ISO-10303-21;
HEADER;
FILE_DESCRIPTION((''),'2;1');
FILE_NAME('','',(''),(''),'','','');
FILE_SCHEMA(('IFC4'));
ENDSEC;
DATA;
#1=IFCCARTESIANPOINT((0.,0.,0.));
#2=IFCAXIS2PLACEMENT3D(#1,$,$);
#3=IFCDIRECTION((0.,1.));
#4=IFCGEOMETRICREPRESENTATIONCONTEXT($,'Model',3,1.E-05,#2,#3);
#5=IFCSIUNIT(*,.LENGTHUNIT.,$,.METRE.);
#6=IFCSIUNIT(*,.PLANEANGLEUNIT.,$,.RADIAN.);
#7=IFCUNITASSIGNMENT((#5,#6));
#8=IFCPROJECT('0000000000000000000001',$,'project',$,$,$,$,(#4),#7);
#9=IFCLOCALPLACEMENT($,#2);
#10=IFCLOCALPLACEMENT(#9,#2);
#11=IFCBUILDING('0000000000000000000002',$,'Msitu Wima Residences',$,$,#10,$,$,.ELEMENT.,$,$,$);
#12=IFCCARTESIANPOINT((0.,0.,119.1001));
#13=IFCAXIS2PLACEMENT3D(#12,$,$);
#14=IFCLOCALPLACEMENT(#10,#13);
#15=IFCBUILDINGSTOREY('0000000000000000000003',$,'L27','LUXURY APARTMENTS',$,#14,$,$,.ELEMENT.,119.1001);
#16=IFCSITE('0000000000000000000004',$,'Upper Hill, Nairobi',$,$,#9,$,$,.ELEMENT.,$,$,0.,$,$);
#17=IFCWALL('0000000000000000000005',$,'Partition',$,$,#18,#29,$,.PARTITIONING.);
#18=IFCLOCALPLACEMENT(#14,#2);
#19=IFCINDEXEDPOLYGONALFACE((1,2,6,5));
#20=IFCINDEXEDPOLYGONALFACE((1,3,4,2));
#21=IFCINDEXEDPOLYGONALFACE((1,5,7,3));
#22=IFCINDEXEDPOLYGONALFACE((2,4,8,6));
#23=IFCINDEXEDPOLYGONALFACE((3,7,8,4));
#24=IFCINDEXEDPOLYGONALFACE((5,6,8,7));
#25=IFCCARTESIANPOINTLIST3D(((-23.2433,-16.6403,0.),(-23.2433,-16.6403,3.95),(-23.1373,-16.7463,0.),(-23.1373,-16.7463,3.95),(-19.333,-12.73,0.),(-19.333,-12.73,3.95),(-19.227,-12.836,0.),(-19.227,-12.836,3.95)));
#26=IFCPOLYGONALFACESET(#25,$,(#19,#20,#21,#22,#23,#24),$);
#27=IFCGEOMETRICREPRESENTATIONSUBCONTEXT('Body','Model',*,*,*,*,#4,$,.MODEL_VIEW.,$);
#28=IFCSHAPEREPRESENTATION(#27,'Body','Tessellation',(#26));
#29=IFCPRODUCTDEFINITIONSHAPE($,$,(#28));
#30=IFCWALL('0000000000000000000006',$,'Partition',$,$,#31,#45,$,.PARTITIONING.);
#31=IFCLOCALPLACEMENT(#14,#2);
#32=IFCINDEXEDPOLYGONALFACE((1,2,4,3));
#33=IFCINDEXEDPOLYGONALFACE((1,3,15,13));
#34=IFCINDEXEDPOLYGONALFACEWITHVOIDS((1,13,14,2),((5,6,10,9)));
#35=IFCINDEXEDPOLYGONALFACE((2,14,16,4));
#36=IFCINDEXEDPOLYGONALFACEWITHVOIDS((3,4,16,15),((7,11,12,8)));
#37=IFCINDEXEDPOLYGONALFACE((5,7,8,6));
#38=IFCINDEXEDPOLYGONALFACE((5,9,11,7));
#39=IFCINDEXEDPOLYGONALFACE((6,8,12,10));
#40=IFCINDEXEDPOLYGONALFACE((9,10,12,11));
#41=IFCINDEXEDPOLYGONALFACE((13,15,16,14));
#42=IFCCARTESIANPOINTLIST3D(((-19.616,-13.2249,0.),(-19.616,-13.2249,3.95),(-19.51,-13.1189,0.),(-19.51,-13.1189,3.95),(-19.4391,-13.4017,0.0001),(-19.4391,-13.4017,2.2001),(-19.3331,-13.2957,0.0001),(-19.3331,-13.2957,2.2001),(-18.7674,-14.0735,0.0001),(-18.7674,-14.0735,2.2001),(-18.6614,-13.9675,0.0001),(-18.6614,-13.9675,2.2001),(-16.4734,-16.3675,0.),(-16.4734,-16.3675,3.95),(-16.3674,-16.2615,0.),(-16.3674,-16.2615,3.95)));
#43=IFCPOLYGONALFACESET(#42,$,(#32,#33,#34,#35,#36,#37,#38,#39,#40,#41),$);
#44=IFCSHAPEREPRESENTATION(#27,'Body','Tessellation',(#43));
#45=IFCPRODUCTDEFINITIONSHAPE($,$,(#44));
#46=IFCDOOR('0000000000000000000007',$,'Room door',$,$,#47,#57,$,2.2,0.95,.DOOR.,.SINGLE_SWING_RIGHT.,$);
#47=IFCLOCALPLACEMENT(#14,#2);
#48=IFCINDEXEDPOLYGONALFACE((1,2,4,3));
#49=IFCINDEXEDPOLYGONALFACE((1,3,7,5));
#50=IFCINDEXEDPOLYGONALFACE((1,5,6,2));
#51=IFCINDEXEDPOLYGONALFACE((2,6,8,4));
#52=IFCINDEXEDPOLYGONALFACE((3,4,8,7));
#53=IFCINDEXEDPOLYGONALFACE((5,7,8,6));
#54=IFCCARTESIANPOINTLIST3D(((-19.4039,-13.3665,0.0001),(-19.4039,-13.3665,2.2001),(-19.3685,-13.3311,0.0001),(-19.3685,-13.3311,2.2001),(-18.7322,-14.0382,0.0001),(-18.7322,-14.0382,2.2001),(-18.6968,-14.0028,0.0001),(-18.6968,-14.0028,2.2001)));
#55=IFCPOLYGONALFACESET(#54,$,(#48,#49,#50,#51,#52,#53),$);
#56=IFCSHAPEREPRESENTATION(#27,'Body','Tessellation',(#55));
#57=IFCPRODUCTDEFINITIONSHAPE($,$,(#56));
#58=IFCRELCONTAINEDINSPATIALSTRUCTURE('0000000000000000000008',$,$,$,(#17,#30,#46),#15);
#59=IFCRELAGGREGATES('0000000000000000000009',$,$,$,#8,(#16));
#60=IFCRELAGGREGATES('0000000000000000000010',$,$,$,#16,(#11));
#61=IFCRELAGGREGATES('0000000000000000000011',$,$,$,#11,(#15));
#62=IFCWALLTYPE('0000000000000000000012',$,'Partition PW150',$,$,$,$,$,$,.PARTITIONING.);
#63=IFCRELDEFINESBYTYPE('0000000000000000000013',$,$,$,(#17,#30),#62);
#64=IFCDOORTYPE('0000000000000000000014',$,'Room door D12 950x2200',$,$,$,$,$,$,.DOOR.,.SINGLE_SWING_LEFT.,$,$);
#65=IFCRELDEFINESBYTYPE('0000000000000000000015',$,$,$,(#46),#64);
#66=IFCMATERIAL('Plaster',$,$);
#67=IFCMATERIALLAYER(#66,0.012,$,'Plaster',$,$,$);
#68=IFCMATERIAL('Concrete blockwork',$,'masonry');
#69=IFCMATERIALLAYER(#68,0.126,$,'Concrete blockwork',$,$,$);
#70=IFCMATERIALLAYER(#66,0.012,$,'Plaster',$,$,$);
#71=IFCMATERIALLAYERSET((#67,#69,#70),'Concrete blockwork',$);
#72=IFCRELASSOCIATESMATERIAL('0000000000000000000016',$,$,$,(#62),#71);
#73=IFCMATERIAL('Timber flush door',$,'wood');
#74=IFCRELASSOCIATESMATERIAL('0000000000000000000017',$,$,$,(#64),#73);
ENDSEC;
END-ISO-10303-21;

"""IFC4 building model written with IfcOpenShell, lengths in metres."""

from ifc_helpers import new_model, si_unit, direction, frame, frame_2d, origin, place, context, subcontext, project, spatial, rectangle, extrude, material, layer, layer_set, type_object, element, fill, save


model = new_model("IFC4")

# Units and contexts
model_context = context("Model", 3, precision=1e-05, world=origin(), true_north=direction((0.0, 1.0)))
body_context = subcontext(model_context, "Body", "Model", "MODEL_VIEW")
ifc_project = project(units=[si_unit("LENGTHUNIT", "METRE"), si_unit("PLANEANGLEUNIT", "RADIAN")], contexts=[model_context])

# Site, building, storey
site_placement = place(None, origin())
site = spatial("IfcSite", under=ifc_project, at=site_placement, Name="Upper Hill, Nairobi", CompositionType="ELEMENT", RefElevation=0.0)
building_placement = place(site_placement, origin())
building = spatial("IfcBuilding", under=site, at=building_placement, Name="Msitu Wima Residences", CompositionType="ELEMENT")
storey_placement = place(building_placement, frame((0.0, 0.0, 119.1001)))
storey = spatial("IfcBuildingStorey", under=building, at=storey_placement, Name="L27", Description="LUXURY APARTMENTS", CompositionType="ELEMENT", Elevation=119.1001)

# Wall
ifc_material_1 = material(Name="Plaster")
ifc_layer_1 = layer(ifc_material_1, 0.012, Name="Plaster")
ifc_material_2 = material(Name="Concrete blockwork", Category="masonry")
ifc_layer_2 = layer(ifc_material_2, 0.126, Name="Concrete blockwork")
ifc_layer_3 = layer(ifc_material_1, 0.012, Name="Plaster")
ifc_layer_set_1 = layer_set([ifc_layer_1, ifc_layer_2, ifc_layer_3], Name="Concrete blockwork")
wall_type_1 = type_object("IfcWallType", Name="Partition PW150", PredefinedType="PARTITIONING", material=ifc_layer_set_1)
wall_1_placement = place(storey_placement, frame((-23.1904, -16.6934, 0.0), z_axis=(0.0, 0.0, 1.0), x_axis=(0.707107, 0.707107, 0.0)))
element("IfcWall", 1, at=wall_1_placement, inside=storey, type_object=wall_type_1, Name="Partition", PredefinedType="PARTITIONING", context=body_context, shape_type="SweptSolid", body=[
    extrude(rectangle(XDim=5.53, YDim=0.1499, at=frame_2d((2.7651, 0.0))), origin(), (0.0, 0.0, 1.0), 3.95),
])

# Wall, opening, door
wall_2_placement = place(storey_placement, frame((-19.563, -13.1719, 0.0), z_axis=(0.0, 0.0, 1.0), x_axis=(0.707107, -0.707107, 0.0)))
wall_2 = element("IfcWall", 2, at=wall_2_placement, inside=storey, type_object=wall_type_1, Name="Partition", PredefinedType="PARTITIONING", context=body_context, shape_type="SweptSolid", body=[
    extrude(rectangle(XDim=4.4443, YDim=0.1499, at=frame_2d((2.2222, 0.0))), origin(), (0.0, 0.0, 1.0), 3.95),
])
opening_1_placement = place(wall_2_placement, frame((0.25, 0.0, 0.0)))
opening_1 = element("IfcOpeningElement", 3, at=opening_1_placement, cuts=wall_2, PredefinedType="OPENING", context=body_context, shape_type="SweptSolid", body=[
    extrude(rectangle(XDim=0.95, YDim=2.2, at=frame_2d((0.4751, 1.1001))), frame((0.0, 0.085, 0.0), z_axis=(0.0, -1.0, 0.0), x_axis=(1.0, 0.0, 0.0)), (0.0, 0.0, 1.0), 0.1699),
])
ifc_material_3 = material(Name="Timber flush door", Category="wood")
door_type = type_object("IfcDoorType", Name="Room door D12 950x2200", OperationType="SINGLE_SWING_LEFT", PredefinedType="DOOR", material=ifc_material_3)
door_placement = place(opening_1_placement, origin())
door = element("IfcDoor", 4, at=door_placement, inside=storey, type_object=door_type, Name="Room door", OperationType="SINGLE_SWING_RIGHT", OverallHeight=2.2, OverallWidth=0.95, PredefinedType="DOOR", context=body_context, shape_type="SweptSolid", body=[
    extrude(rectangle(XDim=0.95, YDim=2.2, at=frame_2d((0.4751, 1.1001))), frame((0.0, 0.0249, 0.0), z_axis=(0.0, -1.0, 0.0), x_axis=(1.0, 0.0, 0.0)), (0.0, 0.0, 1.0), 0.05),
])
fill(opening_1, door)

save(model, "model.ifc")
